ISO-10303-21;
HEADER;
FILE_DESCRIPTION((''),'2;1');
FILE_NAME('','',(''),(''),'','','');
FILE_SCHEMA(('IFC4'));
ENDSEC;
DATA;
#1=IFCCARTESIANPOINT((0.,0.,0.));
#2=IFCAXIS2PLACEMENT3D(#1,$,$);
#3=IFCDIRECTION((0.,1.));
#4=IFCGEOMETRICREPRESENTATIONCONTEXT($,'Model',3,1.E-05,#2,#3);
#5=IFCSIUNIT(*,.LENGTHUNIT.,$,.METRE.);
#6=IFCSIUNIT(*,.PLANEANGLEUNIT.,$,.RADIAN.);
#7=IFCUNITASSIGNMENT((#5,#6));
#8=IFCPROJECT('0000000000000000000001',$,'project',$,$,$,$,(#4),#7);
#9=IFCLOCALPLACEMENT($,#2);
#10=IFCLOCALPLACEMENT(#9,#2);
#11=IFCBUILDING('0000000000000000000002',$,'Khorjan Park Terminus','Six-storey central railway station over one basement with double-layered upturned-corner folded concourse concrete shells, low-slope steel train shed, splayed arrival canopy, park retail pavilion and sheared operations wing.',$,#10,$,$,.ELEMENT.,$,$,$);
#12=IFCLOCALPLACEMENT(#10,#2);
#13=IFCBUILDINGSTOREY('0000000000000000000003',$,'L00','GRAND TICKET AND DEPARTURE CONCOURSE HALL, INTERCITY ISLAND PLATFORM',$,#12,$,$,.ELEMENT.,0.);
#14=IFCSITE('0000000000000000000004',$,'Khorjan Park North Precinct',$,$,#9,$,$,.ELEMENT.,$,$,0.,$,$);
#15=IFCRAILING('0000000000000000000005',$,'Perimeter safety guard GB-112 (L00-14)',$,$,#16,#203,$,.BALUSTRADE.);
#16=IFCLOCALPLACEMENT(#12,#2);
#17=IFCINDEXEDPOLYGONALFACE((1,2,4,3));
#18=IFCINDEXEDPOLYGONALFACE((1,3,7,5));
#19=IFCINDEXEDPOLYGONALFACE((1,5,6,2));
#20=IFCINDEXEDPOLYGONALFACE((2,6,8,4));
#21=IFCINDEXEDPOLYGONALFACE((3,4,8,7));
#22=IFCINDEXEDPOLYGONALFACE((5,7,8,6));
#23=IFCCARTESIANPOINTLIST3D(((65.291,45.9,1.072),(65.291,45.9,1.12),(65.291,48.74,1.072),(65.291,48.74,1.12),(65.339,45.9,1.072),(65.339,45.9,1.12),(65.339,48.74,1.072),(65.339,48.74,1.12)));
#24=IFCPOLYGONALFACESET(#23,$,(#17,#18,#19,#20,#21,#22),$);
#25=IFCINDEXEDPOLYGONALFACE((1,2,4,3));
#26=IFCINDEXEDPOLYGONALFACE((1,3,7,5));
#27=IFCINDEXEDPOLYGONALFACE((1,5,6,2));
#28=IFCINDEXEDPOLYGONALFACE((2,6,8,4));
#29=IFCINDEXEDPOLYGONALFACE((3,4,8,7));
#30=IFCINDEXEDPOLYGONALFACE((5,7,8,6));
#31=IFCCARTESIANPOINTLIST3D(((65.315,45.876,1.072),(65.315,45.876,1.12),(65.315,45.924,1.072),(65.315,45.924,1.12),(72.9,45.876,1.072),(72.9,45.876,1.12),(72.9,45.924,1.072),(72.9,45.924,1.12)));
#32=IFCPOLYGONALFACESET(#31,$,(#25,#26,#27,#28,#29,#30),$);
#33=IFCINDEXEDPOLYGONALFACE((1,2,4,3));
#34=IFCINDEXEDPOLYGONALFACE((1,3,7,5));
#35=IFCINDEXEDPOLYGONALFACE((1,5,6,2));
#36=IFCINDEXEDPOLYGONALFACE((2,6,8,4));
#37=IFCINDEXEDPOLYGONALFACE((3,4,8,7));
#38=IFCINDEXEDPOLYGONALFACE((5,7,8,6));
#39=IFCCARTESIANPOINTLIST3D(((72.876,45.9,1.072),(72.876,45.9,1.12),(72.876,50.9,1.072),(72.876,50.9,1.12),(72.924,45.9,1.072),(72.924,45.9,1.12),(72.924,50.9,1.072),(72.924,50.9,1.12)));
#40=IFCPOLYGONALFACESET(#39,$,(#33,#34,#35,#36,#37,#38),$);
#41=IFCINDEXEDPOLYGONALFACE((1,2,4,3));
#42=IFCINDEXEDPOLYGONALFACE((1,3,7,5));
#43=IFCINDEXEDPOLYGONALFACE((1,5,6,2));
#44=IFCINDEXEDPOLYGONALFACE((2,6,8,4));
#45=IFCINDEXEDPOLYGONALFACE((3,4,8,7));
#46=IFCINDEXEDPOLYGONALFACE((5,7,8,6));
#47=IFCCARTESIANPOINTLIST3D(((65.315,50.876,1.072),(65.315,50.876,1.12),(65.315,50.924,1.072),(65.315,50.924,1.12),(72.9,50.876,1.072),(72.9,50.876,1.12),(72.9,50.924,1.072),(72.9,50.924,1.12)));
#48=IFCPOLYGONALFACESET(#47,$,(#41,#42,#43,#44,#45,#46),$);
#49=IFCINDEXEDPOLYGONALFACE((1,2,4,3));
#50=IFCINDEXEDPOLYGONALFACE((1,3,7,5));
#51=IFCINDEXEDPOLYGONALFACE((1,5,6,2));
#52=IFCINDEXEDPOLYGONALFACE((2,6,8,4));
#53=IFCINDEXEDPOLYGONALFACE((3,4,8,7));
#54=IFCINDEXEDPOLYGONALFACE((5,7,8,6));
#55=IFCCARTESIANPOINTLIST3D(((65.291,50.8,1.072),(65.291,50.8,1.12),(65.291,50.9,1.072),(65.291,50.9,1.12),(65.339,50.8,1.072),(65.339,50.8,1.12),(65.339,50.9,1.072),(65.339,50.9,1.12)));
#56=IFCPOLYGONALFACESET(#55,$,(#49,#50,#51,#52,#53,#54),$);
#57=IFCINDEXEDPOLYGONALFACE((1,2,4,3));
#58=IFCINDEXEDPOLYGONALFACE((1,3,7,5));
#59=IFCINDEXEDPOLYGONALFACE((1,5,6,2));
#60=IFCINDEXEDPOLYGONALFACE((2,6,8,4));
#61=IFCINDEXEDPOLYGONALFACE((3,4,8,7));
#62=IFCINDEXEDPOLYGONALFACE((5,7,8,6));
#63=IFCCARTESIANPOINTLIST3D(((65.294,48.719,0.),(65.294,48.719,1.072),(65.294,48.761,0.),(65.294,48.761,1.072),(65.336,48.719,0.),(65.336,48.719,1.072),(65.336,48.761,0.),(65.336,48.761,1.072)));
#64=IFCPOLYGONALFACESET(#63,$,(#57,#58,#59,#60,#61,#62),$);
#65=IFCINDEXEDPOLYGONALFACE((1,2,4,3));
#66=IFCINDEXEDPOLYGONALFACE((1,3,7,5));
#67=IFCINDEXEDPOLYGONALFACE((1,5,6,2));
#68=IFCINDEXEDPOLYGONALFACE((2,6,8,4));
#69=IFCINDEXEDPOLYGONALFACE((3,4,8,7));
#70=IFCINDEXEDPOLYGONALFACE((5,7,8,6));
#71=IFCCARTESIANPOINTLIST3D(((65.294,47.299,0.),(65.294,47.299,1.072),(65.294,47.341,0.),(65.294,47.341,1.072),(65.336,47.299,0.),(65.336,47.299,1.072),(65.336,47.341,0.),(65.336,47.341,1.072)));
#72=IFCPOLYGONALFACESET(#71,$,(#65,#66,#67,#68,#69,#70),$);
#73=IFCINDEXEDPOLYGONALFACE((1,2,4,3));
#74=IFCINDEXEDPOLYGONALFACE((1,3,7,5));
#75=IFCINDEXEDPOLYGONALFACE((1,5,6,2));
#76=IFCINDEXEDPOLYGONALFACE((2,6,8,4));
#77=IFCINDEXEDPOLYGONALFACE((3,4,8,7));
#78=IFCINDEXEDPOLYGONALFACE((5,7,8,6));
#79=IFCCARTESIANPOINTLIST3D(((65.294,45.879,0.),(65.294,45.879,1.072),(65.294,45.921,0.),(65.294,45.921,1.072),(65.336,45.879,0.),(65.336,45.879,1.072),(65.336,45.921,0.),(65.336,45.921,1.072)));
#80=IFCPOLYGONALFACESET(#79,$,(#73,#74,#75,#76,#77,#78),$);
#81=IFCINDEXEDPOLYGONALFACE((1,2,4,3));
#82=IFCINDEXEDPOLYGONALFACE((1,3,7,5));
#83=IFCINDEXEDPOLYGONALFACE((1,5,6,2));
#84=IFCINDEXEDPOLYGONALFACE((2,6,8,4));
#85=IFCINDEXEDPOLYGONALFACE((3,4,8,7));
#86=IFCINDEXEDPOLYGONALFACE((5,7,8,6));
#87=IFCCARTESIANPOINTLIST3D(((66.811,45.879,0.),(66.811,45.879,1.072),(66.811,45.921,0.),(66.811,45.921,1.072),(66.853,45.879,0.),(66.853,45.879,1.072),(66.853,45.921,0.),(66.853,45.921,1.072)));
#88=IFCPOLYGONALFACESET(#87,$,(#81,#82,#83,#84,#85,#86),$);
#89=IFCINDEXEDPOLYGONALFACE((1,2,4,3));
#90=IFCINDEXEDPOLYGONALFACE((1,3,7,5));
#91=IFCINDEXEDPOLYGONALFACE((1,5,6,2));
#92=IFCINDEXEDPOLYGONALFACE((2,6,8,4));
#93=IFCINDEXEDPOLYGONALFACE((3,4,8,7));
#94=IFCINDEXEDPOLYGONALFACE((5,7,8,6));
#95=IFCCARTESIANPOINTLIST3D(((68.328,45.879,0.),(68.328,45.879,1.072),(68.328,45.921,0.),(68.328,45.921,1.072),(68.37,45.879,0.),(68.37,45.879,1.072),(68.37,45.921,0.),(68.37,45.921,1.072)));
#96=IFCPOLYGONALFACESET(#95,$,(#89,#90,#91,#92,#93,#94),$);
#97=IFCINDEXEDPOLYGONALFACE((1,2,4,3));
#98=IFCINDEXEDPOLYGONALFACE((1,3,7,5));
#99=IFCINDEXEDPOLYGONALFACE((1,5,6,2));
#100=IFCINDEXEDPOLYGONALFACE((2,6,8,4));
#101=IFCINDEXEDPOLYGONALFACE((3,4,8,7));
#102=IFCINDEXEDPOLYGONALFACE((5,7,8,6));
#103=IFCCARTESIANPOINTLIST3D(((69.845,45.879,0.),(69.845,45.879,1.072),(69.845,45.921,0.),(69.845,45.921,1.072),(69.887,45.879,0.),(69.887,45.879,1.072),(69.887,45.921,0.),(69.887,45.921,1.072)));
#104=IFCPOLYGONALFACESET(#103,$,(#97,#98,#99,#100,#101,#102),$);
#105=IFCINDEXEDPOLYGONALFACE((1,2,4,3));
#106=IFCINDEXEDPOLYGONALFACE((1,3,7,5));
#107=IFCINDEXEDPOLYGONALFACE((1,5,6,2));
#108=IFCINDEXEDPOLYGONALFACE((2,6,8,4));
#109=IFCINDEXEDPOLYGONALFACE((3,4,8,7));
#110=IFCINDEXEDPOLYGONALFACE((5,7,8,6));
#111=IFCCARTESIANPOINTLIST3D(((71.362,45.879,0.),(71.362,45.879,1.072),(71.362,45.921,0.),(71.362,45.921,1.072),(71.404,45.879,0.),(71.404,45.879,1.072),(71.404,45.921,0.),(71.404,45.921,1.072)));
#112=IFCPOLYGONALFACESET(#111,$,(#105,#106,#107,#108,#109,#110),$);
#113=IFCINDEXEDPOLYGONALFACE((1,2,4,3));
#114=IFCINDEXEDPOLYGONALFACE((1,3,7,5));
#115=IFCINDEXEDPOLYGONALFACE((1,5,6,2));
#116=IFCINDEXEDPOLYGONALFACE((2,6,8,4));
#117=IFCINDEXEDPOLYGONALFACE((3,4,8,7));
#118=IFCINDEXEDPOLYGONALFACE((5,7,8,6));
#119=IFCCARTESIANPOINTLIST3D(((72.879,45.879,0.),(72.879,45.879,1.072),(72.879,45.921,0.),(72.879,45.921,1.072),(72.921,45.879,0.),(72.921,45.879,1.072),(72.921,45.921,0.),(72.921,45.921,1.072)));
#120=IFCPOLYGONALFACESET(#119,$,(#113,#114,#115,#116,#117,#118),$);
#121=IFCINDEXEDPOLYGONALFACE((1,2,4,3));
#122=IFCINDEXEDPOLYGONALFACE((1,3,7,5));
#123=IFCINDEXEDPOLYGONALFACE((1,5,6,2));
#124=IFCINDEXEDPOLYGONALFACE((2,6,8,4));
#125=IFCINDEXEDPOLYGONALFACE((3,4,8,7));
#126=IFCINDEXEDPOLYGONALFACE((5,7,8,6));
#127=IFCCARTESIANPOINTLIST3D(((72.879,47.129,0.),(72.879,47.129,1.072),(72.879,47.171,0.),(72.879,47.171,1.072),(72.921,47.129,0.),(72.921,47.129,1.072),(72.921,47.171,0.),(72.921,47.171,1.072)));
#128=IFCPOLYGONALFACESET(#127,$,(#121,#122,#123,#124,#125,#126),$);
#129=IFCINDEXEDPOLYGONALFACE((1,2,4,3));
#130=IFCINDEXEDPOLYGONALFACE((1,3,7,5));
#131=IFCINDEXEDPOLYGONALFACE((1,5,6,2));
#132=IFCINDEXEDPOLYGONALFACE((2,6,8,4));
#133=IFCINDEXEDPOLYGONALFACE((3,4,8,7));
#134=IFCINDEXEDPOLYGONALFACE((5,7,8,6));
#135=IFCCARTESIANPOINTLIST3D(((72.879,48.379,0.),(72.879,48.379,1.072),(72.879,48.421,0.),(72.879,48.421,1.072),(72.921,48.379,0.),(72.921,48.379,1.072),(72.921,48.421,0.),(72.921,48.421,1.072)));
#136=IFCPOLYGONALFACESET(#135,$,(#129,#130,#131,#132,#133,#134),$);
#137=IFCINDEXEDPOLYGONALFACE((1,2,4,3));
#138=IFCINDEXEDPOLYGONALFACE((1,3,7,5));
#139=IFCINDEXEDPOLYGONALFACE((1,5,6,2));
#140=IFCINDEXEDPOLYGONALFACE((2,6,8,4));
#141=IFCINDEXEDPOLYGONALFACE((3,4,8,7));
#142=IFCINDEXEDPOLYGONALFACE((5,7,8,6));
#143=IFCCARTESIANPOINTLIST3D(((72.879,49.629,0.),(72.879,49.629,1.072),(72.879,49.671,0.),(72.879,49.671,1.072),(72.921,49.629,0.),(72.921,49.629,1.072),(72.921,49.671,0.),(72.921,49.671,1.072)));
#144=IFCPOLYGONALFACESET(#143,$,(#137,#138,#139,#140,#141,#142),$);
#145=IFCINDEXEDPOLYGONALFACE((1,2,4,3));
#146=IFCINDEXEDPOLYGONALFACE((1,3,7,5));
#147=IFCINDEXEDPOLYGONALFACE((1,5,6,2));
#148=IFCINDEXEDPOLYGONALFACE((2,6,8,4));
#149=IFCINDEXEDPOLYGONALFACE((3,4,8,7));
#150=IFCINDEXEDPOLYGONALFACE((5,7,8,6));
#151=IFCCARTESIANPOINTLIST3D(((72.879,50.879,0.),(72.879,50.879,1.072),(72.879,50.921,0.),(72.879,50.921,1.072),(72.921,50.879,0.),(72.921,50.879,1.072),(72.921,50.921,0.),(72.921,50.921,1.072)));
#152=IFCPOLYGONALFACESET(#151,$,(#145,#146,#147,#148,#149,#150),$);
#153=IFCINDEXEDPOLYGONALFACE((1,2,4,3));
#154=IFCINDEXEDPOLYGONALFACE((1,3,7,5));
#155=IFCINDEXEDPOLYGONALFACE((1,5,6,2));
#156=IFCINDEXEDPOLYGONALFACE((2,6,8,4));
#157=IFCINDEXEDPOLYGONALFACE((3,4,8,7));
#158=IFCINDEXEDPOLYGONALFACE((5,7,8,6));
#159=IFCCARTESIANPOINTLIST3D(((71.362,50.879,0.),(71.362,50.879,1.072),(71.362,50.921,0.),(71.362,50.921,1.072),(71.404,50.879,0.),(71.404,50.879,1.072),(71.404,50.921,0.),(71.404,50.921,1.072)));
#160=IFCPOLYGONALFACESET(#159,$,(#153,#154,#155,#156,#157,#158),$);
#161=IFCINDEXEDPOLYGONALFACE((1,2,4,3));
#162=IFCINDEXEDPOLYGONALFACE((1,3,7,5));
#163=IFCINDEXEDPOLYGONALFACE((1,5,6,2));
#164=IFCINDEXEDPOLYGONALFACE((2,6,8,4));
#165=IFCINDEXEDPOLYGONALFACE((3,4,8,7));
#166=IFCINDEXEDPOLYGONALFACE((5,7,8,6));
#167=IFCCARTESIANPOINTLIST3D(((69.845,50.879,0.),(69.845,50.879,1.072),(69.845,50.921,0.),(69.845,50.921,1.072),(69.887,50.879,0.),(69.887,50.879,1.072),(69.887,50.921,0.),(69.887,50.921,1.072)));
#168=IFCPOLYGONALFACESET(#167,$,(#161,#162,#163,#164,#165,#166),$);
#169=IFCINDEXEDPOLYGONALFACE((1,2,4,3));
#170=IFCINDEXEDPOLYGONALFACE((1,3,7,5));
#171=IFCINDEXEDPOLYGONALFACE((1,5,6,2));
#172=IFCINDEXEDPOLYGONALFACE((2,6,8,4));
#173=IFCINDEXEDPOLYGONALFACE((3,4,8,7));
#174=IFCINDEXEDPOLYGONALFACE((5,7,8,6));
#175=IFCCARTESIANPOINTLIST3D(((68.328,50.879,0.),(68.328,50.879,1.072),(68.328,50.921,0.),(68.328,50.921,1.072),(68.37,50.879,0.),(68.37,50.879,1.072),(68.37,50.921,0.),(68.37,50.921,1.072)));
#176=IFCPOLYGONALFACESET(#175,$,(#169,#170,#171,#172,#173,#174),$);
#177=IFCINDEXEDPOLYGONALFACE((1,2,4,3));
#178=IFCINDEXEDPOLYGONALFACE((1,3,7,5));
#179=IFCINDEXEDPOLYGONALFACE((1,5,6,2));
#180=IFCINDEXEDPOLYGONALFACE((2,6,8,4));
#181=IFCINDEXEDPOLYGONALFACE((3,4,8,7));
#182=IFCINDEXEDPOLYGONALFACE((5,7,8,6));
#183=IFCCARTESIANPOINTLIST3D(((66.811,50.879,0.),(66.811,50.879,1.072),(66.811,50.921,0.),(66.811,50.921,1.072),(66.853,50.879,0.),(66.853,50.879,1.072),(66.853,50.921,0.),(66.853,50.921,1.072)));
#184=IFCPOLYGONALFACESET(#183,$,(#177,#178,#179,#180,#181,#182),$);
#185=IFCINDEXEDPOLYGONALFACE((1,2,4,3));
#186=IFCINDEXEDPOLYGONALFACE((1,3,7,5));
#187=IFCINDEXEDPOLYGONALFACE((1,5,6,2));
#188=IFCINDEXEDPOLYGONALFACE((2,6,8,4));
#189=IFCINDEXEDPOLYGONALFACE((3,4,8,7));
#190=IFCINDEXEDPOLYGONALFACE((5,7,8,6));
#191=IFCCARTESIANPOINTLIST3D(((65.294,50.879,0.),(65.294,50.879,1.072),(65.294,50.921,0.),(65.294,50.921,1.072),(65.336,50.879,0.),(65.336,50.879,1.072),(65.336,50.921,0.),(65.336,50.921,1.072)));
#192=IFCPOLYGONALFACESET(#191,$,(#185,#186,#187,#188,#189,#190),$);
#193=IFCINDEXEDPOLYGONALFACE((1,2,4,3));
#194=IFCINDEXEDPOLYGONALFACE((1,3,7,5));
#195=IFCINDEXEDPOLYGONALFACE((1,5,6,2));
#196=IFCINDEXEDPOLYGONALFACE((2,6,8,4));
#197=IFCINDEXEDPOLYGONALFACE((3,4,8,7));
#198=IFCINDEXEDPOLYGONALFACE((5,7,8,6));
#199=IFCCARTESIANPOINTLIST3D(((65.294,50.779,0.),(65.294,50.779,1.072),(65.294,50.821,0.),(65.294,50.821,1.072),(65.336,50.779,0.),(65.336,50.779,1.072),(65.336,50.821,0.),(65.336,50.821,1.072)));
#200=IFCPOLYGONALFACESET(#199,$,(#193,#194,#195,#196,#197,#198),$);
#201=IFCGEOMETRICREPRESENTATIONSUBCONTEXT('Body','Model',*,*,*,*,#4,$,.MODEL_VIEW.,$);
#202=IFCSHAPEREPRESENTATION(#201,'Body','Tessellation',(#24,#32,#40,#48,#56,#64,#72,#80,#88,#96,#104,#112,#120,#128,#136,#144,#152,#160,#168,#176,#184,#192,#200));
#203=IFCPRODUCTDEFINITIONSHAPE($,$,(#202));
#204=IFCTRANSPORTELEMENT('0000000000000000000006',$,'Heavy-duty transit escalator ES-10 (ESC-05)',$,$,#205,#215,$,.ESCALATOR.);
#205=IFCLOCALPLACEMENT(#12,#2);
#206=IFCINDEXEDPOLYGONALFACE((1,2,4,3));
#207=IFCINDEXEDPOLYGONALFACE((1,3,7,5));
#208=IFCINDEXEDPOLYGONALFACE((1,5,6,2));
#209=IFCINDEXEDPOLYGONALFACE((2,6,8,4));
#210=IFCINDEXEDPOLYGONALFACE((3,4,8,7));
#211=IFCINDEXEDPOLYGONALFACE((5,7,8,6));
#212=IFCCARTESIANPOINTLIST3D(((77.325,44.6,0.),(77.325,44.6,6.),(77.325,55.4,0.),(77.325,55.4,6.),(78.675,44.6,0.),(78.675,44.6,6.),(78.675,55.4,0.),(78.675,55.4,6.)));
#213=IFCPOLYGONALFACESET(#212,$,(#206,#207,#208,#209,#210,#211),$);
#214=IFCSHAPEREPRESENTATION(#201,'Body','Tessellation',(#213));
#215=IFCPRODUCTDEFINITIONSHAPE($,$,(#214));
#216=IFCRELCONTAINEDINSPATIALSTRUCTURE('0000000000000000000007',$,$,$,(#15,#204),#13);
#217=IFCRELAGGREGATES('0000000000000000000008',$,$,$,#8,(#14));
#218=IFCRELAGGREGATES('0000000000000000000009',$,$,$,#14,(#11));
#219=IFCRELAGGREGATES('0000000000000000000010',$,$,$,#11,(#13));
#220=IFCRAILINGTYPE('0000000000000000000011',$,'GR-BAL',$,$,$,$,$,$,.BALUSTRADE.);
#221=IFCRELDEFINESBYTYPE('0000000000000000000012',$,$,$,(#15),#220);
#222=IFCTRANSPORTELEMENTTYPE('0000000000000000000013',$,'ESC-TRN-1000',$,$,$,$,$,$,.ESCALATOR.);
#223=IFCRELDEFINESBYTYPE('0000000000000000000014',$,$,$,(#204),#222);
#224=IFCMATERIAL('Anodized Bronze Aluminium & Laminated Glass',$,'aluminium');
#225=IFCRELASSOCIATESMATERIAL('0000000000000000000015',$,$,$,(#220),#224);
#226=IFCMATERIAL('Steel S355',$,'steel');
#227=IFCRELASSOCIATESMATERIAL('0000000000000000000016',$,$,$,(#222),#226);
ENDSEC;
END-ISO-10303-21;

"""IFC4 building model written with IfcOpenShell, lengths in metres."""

from ifc_helpers import new_model, si_unit, direction, frame, origin, origin_2d, place, context, subcontext, project, spatial, rectangle, extrude, material, type_object, element, save


model = new_model("IFC4")

# Units and contexts
model_context = context("Model", 3, precision=1e-05, world=origin(), true_north=direction((0.0, 1.0)))
body_context = subcontext(model_context, "Body", "Model", "MODEL_VIEW")
ifc_project = project(units=[si_unit("LENGTHUNIT", "METRE"), si_unit("PLANEANGLEUNIT", "RADIAN")], contexts=[model_context])

# Site, building, storey
site_placement = place(None, origin())
site = spatial("IfcSite", under=ifc_project, at=site_placement, Name="Khorjan Park North Precinct", CompositionType="ELEMENT", RefElevation=0.0)
building_placement = place(site_placement, origin())
building = spatial("IfcBuilding", under=site, at=building_placement, Name="Khorjan Park Terminus", Description="Six-storey central railway station over one basement with double-layered upturned-corner folded concourse concrete shells, low-slope steel train shed, splayed arrival canopy, park retail pavilion and sheared operations wing.", CompositionType="ELEMENT")
storey_placement = place(building_placement, origin())
storey = spatial("IfcBuildingStorey", under=building, at=storey_placement, Name="L00", Description="GRAND TICKET AND DEPARTURE CONCOURSE HALL, INTERCITY ISLAND PLATFORM", CompositionType="ELEMENT", Elevation=0.0)

# Shared definitions
ifc_material_1 = material(Name="Steel S355", Category="steel")

# Railing
ifc_material_2 = material(Name="Anodized Bronze Aluminium & Laminated Glass", Category="aluminium")
railing_type_1 = type_object("IfcRailingType", Name="GR-BAL", PredefinedType="BALUSTRADE", material=ifc_material_2)
railing_1_placement = place(storey_placement, frame((65.315, 48.74, 0.0)))
element("IfcRailing", 1, at=railing_1_placement, inside=storey, type_object=railing_type_1, Name="Perimeter safety guard GB-112 (L00-14)", PredefinedType="BALUSTRADE", context=body_context, shape_type="SweptSolid", body=[
    extrude(rectangle(XDim=0.048, YDim=0.048, at=origin_2d()), frame((0.0, 0.0, 1.096), z_axis=(0.0, -1.0, 0.0), x_axis=(1.0, 0.0, 0.0)), (0.0, 0.0, 1.0), 2.84),
    extrude(rectangle(XDim=0.048, YDim=0.048, at=origin_2d()), frame((0.0, -2.84, 1.096), z_axis=(1.0, 0.0, 0.0), x_axis=(0.0, 1.0, 0.0)), (0.0, 0.0, 1.0), 7.585),
    extrude(rectangle(XDim=0.048, YDim=0.048, at=origin_2d()), frame((7.585, -2.84, 1.096), z_axis=(0.0, 1.0, 0.0), x_axis=(-1.0, 0.0, 0.0)), (0.0, 0.0, 1.0), 5.0),
    extrude(rectangle(XDim=0.048, YDim=0.048, at=origin_2d()), frame((7.585, 2.16, 1.096), z_axis=(-1.0, 0.0, 0.0), x_axis=(0.0, -1.0, 0.0)), (0.0, 0.0, 1.0), 7.585),
    extrude(rectangle(XDim=0.048, YDim=0.048, at=origin_2d()), frame((0.0, 2.16, 1.096), z_axis=(0.0, -1.0, 0.0), x_axis=(1.0, 0.0, 0.0)), (0.0, 0.0, 1.0), 0.1),
    extrude(rectangle(XDim=0.042, YDim=0.042, at=origin_2d()), origin(), (0.0, 0.0, 1.0), 1.072),
    extrude(rectangle(XDim=0.042, YDim=0.042, at=origin_2d()), frame((0.0, -1.42, 0.0)), (0.0, 0.0, 1.0), 1.072),
    extrude(rectangle(XDim=0.042, YDim=0.042, at=origin_2d()), frame((0.0, -2.84, 0.0)), (0.0, 0.0, 1.0), 1.072),
    extrude(rectangle(XDim=0.042, YDim=0.042, at=origin_2d()), frame((1.517, -2.84, 0.0)), (0.0, 0.0, 1.0), 1.072),
    extrude(rectangle(XDim=0.042, YDim=0.042, at=origin_2d()), frame((3.034, -2.84, 0.0)), (0.0, 0.0, 1.0), 1.072),
    extrude(rectangle(XDim=0.042, YDim=0.042, at=origin_2d()), frame((4.551, -2.84, 0.0)), (0.0, 0.0, 1.0), 1.072),
    extrude(rectangle(XDim=0.042, YDim=0.042, at=origin_2d()), frame((6.068, -2.84, 0.0)), (0.0, 0.0, 1.0), 1.072),
    extrude(rectangle(XDim=0.042, YDim=0.042, at=origin_2d()), frame((7.585, -2.84, 0.0)), (0.0, 0.0, 1.0), 1.072),
    extrude(rectangle(XDim=0.042, YDim=0.042, at=origin_2d()), frame((7.585, -1.59, 0.0)), (0.0, 0.0, 1.0), 1.072),
    extrude(rectangle(XDim=0.042, YDim=0.042, at=origin_2d()), frame((7.585, -0.34, 0.0)), (0.0, 0.0, 1.0), 1.072),
    extrude(rectangle(XDim=0.042, YDim=0.042, at=origin_2d()), frame((7.585, 0.91, 0.0)), (0.0, 0.0, 1.0), 1.072),
    extrude(rectangle(XDim=0.042, YDim=0.042, at=origin_2d()), frame((7.585, 2.16, 0.0)), (0.0, 0.0, 1.0), 1.072),
    extrude(rectangle(XDim=0.042, YDim=0.042, at=origin_2d()), frame((6.068, 2.16, 0.0)), (0.0, 0.0, 1.0), 1.072),
    extrude(rectangle(XDim=0.042, YDim=0.042, at=origin_2d()), frame((4.551, 2.16, 0.0)), (0.0, 0.0, 1.0), 1.072),
    extrude(rectangle(XDim=0.042, YDim=0.042, at=origin_2d()), frame((3.034, 2.16, 0.0)), (0.0, 0.0, 1.0), 1.072),
    extrude(rectangle(XDim=0.042, YDim=0.042, at=origin_2d()), frame((1.517, 2.16, 0.0)), (0.0, 0.0, 1.0), 1.072),
    extrude(rectangle(XDim=0.042, YDim=0.042, at=origin_2d()), frame((0.0, 2.16, 0.0)), (0.0, 0.0, 1.0), 1.072),
    extrude(rectangle(XDim=0.042, YDim=0.042, at=origin_2d()), frame((0.0, 2.06, 0.0)), (0.0, 0.0, 1.0), 1.072),
])

# Transport element
transport_element_type = type_object("IfcTransportElementType", Name="ESC-TRN-1000", PredefinedType="ESCALATOR", material=ifc_material_1)
transport_element_placement = place(storey_placement, frame((78.0, 50.0, 0.0), z_axis=(0.0, 0.0, 1.0), x_axis=(1.0, 0.0, 0.0)))
element("IfcTransportElement", 2, at=transport_element_placement, inside=storey, type_object=transport_element_type, Name="Heavy-duty transit escalator ES-10 (ESC-05)", PredefinedType="ESCALATOR", context=body_context, shape_type="SweptSolid", body=[
    extrude(rectangle(XDim=1.35, YDim=10.8, at=origin_2d()), origin(), (0.0, 0.0, 1.0), 6.0),
])

save(model, "model.ifc")
